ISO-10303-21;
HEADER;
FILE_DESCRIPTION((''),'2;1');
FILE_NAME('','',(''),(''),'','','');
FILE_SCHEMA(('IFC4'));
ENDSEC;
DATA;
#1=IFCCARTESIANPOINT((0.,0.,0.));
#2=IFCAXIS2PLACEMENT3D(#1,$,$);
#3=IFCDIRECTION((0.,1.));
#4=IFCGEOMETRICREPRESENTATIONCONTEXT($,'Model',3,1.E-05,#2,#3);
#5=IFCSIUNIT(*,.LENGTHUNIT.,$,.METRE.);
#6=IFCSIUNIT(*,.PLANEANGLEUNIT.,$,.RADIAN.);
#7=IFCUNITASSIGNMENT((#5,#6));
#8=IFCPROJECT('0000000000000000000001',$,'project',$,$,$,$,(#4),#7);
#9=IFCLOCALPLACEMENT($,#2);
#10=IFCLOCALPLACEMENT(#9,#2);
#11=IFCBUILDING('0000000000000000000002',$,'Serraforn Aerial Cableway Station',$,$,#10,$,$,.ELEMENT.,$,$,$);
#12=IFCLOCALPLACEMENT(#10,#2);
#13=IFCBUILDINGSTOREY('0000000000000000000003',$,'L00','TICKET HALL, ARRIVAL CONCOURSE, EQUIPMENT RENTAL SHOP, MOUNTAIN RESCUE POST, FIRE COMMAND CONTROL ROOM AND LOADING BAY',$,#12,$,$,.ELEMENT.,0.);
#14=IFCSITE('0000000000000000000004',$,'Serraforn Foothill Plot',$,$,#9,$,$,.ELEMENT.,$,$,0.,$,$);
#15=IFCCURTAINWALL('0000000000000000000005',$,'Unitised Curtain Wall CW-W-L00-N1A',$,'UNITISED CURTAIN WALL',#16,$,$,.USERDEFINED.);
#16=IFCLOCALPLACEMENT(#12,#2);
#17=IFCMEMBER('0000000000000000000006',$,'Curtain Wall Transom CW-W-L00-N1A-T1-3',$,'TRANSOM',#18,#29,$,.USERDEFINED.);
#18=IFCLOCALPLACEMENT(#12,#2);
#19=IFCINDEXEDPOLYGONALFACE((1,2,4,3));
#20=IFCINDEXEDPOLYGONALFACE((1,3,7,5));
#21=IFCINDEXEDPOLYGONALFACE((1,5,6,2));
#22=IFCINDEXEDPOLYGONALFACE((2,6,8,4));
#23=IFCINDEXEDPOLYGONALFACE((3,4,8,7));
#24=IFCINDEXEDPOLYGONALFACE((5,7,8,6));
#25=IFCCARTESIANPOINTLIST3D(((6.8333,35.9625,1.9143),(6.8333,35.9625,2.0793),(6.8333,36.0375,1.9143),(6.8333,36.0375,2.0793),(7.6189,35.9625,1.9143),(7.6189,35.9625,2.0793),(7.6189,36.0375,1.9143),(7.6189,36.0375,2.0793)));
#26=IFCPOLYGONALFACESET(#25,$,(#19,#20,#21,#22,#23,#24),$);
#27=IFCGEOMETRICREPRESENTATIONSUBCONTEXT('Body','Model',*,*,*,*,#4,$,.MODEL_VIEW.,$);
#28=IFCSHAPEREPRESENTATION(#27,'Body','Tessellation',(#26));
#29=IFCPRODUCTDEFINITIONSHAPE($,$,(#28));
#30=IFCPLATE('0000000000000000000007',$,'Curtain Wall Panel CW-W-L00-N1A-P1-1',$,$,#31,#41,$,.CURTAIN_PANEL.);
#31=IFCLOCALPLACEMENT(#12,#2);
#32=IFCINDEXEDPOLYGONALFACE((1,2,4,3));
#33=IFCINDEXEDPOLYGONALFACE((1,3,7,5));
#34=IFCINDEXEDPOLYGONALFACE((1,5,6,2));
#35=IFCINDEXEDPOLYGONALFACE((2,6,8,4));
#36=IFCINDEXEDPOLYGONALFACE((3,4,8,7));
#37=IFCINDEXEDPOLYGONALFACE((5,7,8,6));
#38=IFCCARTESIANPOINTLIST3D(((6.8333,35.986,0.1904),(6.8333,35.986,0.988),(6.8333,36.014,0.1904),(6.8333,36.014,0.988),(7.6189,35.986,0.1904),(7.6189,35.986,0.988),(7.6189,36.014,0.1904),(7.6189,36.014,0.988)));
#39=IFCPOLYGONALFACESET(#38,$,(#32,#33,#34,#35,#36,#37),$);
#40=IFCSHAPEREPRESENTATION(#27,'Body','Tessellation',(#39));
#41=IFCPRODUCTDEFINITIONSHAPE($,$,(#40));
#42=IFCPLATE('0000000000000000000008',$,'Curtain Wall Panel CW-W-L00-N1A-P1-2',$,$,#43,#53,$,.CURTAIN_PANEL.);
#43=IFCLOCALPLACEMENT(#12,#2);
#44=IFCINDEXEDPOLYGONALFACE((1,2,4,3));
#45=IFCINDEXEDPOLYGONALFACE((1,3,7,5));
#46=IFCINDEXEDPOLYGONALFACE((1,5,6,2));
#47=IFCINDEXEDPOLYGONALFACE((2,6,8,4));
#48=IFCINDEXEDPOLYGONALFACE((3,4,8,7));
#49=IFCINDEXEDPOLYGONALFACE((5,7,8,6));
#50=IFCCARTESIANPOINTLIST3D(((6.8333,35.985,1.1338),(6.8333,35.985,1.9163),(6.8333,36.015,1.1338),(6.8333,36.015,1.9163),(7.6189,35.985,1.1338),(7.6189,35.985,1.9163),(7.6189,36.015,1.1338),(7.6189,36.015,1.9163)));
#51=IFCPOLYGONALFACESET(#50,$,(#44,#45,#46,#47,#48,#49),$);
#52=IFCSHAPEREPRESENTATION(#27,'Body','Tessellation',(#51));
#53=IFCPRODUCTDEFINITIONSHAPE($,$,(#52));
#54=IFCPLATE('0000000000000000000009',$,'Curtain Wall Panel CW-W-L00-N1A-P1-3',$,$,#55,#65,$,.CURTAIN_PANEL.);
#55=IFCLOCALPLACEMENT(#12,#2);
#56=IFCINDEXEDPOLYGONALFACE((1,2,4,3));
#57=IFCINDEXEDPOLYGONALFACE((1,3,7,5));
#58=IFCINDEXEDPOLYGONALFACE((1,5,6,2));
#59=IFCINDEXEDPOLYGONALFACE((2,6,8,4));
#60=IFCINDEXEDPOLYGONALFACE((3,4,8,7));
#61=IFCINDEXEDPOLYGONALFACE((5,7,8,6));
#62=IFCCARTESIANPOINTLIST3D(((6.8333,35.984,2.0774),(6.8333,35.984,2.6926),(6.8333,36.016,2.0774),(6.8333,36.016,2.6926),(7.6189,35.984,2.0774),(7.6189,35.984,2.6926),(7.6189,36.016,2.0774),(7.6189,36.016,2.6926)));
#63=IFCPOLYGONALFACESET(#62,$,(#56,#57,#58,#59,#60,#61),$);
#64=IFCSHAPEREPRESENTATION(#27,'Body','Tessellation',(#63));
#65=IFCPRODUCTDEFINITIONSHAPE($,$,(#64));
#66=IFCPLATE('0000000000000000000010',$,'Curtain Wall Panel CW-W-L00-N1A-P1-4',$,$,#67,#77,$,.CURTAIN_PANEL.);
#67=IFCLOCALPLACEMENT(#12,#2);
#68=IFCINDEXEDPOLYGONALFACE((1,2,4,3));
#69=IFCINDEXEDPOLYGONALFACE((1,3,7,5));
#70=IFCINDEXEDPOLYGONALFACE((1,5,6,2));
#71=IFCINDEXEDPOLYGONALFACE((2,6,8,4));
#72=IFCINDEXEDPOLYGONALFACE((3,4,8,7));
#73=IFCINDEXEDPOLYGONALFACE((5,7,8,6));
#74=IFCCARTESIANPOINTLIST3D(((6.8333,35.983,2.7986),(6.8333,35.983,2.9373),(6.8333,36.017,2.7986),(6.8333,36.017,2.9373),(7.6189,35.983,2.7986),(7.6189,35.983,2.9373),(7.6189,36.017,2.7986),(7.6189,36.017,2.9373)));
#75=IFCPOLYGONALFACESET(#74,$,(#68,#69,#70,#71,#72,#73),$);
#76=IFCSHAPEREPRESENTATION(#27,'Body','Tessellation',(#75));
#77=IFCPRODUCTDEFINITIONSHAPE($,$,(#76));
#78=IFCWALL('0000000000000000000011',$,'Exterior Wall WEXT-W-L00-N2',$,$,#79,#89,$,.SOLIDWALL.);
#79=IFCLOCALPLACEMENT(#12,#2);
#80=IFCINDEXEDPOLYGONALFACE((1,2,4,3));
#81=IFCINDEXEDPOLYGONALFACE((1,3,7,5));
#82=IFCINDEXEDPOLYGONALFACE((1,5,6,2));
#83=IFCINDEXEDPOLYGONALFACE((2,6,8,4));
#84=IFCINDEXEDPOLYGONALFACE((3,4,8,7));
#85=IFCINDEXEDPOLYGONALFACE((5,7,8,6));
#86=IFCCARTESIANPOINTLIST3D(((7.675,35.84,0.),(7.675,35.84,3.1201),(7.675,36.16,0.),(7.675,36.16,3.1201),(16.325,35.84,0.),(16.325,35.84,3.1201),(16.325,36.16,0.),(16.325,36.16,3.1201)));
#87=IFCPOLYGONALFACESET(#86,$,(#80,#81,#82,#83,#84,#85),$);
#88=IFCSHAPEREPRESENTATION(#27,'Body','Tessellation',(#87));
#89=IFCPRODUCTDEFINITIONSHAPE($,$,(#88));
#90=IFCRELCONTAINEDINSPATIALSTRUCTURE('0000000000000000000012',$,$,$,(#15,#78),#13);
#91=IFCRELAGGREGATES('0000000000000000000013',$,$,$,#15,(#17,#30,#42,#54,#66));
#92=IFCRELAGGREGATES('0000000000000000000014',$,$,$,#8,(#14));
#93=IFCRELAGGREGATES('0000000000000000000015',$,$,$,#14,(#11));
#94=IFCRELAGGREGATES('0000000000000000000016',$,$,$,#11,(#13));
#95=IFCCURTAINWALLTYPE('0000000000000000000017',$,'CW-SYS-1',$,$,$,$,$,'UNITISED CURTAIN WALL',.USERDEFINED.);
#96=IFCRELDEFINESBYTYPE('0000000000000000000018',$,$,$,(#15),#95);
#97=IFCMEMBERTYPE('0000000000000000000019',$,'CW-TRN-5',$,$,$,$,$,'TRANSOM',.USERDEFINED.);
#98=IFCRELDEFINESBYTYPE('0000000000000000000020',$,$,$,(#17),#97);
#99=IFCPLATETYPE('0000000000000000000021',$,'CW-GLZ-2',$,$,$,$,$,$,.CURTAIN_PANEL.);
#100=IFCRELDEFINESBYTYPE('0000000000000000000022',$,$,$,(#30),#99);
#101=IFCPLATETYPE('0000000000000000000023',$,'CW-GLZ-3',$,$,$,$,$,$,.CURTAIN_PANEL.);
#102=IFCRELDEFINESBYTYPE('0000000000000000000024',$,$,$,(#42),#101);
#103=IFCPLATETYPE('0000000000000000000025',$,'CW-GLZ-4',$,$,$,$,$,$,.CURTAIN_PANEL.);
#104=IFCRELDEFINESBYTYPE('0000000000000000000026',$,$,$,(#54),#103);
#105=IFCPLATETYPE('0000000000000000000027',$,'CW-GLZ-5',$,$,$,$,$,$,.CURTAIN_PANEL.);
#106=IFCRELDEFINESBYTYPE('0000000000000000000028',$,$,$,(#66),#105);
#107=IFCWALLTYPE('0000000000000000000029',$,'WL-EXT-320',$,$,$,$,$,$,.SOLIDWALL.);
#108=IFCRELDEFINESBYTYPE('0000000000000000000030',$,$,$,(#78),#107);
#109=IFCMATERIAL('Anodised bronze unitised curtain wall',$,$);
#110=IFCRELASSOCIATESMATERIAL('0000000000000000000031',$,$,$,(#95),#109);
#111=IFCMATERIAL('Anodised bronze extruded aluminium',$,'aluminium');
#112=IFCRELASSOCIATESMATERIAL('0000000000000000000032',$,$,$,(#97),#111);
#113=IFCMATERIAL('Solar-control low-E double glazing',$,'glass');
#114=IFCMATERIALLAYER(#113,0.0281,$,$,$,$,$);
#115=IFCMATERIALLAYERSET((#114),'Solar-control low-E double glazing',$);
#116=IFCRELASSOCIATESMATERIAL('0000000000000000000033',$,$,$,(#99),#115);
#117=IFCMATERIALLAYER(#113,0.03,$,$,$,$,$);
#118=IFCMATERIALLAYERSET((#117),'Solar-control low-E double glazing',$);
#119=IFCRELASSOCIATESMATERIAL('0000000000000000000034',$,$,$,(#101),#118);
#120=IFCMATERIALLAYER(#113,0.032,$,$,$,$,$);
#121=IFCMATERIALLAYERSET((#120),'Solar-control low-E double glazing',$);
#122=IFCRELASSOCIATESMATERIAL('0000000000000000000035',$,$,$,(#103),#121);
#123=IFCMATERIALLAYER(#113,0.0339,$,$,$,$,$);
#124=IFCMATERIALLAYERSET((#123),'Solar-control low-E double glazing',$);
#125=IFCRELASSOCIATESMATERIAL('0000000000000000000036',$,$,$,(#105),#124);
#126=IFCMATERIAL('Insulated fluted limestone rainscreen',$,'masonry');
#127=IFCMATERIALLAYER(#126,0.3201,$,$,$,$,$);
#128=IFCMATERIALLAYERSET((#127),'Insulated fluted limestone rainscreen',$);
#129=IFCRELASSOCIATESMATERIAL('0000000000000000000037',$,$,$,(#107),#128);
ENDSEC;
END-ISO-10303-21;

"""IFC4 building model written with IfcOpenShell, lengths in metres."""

from ifc_helpers import new_model, si_unit, direction, frame, frame_2d, origin, origin_2d, place, context, subcontext, project, spatial, rectangle, extrude, material, layer, layer_set, material_profile, profile_set, type_object, element, aggregate, save


model = new_model("IFC4")

# Units and contexts
model_context = context("Model", 3, precision=1e-05, world=origin(), true_north=direction((0.0, 1.0)))
body_context = subcontext(model_context, "Body", "Model", "MODEL_VIEW")
ifc_project = project(units=[si_unit("LENGTHUNIT", "METRE"), si_unit("PLANEANGLEUNIT", "RADIAN")], contexts=[model_context])

# Site, building, storey
site_placement = place(None, origin())
site = spatial("IfcSite", under=ifc_project, at=site_placement, Name="Serraforn Foothill Plot", CompositionType="ELEMENT", RefElevation=0.0)
building_placement = place(site_placement, origin())
building = spatial("IfcBuilding", under=site, at=building_placement, Name="Serraforn Aerial Cableway Station", CompositionType="ELEMENT")
storey_placement = place(building_placement, origin())
storey = spatial("IfcBuildingStorey", under=building, at=storey_placement, Name="L00", Description="TICKET HALL, ARRIVAL CONCOURSE, EQUIPMENT RENTAL SHOP, MOUNTAIN RESCUE POST, FIRE COMMAND CONTROL ROOM AND LOADING BAY", CompositionType="ELEMENT", Elevation=0.0)

# Curtain wall, member, plates
ifc_material_1 = material(Name="Anodised bronze unitised curtain wall")
curtain_wall_type = type_object("IfcCurtainWallType", Name="CW-SYS-1", ElementType="UNITISED CURTAIN WALL", PredefinedType="USERDEFINED", material=ifc_material_1)
curtain_wall_placement = place(storey_placement, origin())
curtain_wall = element("IfcCurtainWall", 1, at=curtain_wall_placement, inside=storey, type_object=curtain_wall_type, Name="Unitised Curtain Wall CW-W-L00-N1A", ObjectType="UNITISED CURTAIN WALL", PredefinedType="USERDEFINED")
ifc_material_2 = material(Name="Anodised bronze extruded aluminium", Category="aluminium")
ifc_material_profile_1 = material_profile(ifc_material_2, rectangle(XDim=0.075, YDim=0.165, at=origin_2d()), Name="CW TRANSOM 75x165")
ifc_profile_set_1 = profile_set([ifc_material_profile_1], Name="Anodised bronze extruded aluminium")
member_type_1 = type_object("IfcMemberType", Name="CW-TRN-5", ElementType="TRANSOM", PredefinedType="USERDEFINED", material=ifc_profile_set_1)
member_1_placement = place(storey_placement, frame((7.6189, 36.0, 1.9968), z_axis=(-1.0, 0.0, 0.0), x_axis=(0.0, -1.0, 0.0)))
member_1 = element("IfcMember", 2, at=member_1_placement, type_object=member_type_1, Name="Curtain Wall Transom CW-W-L00-N1A-T1-3", ObjectType="TRANSOM", PredefinedType="USERDEFINED", context=body_context, shape_type="SweptSolid", body=[
    extrude(rectangle(XDim=0.075, YDim=0.165, at=origin_2d()), origin(), (0.0, 0.0, 1.0), 0.7856),
])
ifc_material_3 = material(Name="Solar-control low-E double glazing", Category="glass")
ifc_layer_1 = layer(ifc_material_3, 0.0281)
ifc_layer_set_1 = layer_set([ifc_layer_1], Name="Solar-control low-E double glazing")
plate_type_1 = type_object("IfcPlateType", Name="CW-GLZ-2", PredefinedType="CURTAIN_PANEL", material=ifc_layer_set_1)
plate_1_placement = place(storey_placement, frame((7.2261, 36.0, 0.1904), z_axis=(0.0, 0.0, 1.0), x_axis=(1.0, 0.0, 0.0)))
plate_1 = element("IfcPlate", 3, at=plate_1_placement, type_object=plate_type_1, Name="Curtain Wall Panel CW-W-L00-N1A-P1-1", PredefinedType="CURTAIN_PANEL", context=body_context, shape_type="SweptSolid", body=[
    extrude(rectangle(XDim=0.7856, YDim=0.0281, at=origin_2d()), origin(), (0.0, 0.0, 1.0), 0.7976),
])
ifc_layer_2 = layer(ifc_material_3, 0.03)
ifc_layer_set_2 = layer_set([ifc_layer_2], Name="Solar-control low-E double glazing")
plate_type_2 = type_object("IfcPlateType", Name="CW-GLZ-3", PredefinedType="CURTAIN_PANEL", material=ifc_layer_set_2)
plate_2_placement = place(storey_placement, frame((7.2261, 36.0, 1.1338), z_axis=(0.0, 0.0, 1.0), x_axis=(1.0, 0.0, 0.0)))
plate_2 = element("IfcPlate", 4, at=plate_2_placement, type_object=plate_type_2, Name="Curtain Wall Panel CW-W-L00-N1A-P1-2", PredefinedType="CURTAIN_PANEL", context=body_context, shape_type="SweptSolid", body=[
    extrude(rectangle(XDim=0.7856, YDim=0.03, at=origin_2d()), origin(), (0.0, 0.0, 1.0), 0.7825),
])
ifc_layer_3 = layer(ifc_material_3, 0.032)
ifc_layer_set_3 = layer_set([ifc_layer_3], Name="Solar-control low-E double glazing")
plate_type_3 = type_object("IfcPlateType", Name="CW-GLZ-4", PredefinedType="CURTAIN_PANEL", material=ifc_layer_set_3)
plate_3_placement = place(storey_placement, frame((7.2261, 36.0, 2.0774), z_axis=(0.0, 0.0, 1.0), x_axis=(1.0, 0.0, 0.0)))
plate_3 = element("IfcPlate", 5, at=plate_3_placement, type_object=plate_type_3, Name="Curtain Wall Panel CW-W-L00-N1A-P1-3", PredefinedType="CURTAIN_PANEL", context=body_context, shape_type="SweptSolid", body=[
    extrude(rectangle(XDim=0.7856, YDim=0.032, at=origin_2d()), origin(), (0.0, 0.0, 1.0), 0.6152),
])
ifc_layer_4 = layer(ifc_material_3, 0.0339)
ifc_layer_set_4 = layer_set([ifc_layer_4], Name="Solar-control low-E double glazing")
plate_type_4 = type_object("IfcPlateType", Name="CW-GLZ-5", PredefinedType="CURTAIN_PANEL", material=ifc_layer_set_4)
plate_4_placement = place(storey_placement, frame((7.2261, 36.0, 2.7986), z_axis=(0.0, 0.0, 1.0), x_axis=(1.0, 0.0, 0.0)))
plate_4 = element("IfcPlate", 6, at=plate_4_placement, type_object=plate_type_4, Name="Curtain Wall Panel CW-W-L00-N1A-P1-4", PredefinedType="CURTAIN_PANEL", context=body_context, shape_type="SweptSolid", body=[
    extrude(rectangle(XDim=0.7856, YDim=0.0339, at=origin_2d()), origin(), (0.0, 0.0, 1.0), 0.1387),
])
aggregate(curtain_wall, [member_1, plate_1, plate_2, plate_3, plate_4])

# Wall
ifc_material_4 = material(Name="Insulated fluted limestone rainscreen", Category="masonry")
ifc_layer_5 = layer(ifc_material_4, 0.3201)
ifc_layer_set_5 = layer_set([ifc_layer_5], Name="Insulated fluted limestone rainscreen")
wall_type = type_object("IfcWallType", Name="WL-EXT-320", PredefinedType="SOLIDWALL", material=ifc_layer_set_5)
wall_placement = place(storey_placement, frame((16.325, 36.0, 0.0), z_axis=(0.0, 0.0, 1.0), x_axis=(-1.0, 0.0, 0.0)))
element("IfcWall", 7, at=wall_placement, inside=storey, type_object=wall_type, Name="Exterior Wall WEXT-W-L00-N2", PredefinedType="SOLIDWALL", context=body_context, shape_type="SweptSolid", body=[
    extrude(rectangle(XDim=8.6499, YDim=0.3201, at=frame_2d((4.325, 0.0))), origin(), (0.0, 0.0, 1.0), 3.1201),
])

save(model, "model.ifc")
